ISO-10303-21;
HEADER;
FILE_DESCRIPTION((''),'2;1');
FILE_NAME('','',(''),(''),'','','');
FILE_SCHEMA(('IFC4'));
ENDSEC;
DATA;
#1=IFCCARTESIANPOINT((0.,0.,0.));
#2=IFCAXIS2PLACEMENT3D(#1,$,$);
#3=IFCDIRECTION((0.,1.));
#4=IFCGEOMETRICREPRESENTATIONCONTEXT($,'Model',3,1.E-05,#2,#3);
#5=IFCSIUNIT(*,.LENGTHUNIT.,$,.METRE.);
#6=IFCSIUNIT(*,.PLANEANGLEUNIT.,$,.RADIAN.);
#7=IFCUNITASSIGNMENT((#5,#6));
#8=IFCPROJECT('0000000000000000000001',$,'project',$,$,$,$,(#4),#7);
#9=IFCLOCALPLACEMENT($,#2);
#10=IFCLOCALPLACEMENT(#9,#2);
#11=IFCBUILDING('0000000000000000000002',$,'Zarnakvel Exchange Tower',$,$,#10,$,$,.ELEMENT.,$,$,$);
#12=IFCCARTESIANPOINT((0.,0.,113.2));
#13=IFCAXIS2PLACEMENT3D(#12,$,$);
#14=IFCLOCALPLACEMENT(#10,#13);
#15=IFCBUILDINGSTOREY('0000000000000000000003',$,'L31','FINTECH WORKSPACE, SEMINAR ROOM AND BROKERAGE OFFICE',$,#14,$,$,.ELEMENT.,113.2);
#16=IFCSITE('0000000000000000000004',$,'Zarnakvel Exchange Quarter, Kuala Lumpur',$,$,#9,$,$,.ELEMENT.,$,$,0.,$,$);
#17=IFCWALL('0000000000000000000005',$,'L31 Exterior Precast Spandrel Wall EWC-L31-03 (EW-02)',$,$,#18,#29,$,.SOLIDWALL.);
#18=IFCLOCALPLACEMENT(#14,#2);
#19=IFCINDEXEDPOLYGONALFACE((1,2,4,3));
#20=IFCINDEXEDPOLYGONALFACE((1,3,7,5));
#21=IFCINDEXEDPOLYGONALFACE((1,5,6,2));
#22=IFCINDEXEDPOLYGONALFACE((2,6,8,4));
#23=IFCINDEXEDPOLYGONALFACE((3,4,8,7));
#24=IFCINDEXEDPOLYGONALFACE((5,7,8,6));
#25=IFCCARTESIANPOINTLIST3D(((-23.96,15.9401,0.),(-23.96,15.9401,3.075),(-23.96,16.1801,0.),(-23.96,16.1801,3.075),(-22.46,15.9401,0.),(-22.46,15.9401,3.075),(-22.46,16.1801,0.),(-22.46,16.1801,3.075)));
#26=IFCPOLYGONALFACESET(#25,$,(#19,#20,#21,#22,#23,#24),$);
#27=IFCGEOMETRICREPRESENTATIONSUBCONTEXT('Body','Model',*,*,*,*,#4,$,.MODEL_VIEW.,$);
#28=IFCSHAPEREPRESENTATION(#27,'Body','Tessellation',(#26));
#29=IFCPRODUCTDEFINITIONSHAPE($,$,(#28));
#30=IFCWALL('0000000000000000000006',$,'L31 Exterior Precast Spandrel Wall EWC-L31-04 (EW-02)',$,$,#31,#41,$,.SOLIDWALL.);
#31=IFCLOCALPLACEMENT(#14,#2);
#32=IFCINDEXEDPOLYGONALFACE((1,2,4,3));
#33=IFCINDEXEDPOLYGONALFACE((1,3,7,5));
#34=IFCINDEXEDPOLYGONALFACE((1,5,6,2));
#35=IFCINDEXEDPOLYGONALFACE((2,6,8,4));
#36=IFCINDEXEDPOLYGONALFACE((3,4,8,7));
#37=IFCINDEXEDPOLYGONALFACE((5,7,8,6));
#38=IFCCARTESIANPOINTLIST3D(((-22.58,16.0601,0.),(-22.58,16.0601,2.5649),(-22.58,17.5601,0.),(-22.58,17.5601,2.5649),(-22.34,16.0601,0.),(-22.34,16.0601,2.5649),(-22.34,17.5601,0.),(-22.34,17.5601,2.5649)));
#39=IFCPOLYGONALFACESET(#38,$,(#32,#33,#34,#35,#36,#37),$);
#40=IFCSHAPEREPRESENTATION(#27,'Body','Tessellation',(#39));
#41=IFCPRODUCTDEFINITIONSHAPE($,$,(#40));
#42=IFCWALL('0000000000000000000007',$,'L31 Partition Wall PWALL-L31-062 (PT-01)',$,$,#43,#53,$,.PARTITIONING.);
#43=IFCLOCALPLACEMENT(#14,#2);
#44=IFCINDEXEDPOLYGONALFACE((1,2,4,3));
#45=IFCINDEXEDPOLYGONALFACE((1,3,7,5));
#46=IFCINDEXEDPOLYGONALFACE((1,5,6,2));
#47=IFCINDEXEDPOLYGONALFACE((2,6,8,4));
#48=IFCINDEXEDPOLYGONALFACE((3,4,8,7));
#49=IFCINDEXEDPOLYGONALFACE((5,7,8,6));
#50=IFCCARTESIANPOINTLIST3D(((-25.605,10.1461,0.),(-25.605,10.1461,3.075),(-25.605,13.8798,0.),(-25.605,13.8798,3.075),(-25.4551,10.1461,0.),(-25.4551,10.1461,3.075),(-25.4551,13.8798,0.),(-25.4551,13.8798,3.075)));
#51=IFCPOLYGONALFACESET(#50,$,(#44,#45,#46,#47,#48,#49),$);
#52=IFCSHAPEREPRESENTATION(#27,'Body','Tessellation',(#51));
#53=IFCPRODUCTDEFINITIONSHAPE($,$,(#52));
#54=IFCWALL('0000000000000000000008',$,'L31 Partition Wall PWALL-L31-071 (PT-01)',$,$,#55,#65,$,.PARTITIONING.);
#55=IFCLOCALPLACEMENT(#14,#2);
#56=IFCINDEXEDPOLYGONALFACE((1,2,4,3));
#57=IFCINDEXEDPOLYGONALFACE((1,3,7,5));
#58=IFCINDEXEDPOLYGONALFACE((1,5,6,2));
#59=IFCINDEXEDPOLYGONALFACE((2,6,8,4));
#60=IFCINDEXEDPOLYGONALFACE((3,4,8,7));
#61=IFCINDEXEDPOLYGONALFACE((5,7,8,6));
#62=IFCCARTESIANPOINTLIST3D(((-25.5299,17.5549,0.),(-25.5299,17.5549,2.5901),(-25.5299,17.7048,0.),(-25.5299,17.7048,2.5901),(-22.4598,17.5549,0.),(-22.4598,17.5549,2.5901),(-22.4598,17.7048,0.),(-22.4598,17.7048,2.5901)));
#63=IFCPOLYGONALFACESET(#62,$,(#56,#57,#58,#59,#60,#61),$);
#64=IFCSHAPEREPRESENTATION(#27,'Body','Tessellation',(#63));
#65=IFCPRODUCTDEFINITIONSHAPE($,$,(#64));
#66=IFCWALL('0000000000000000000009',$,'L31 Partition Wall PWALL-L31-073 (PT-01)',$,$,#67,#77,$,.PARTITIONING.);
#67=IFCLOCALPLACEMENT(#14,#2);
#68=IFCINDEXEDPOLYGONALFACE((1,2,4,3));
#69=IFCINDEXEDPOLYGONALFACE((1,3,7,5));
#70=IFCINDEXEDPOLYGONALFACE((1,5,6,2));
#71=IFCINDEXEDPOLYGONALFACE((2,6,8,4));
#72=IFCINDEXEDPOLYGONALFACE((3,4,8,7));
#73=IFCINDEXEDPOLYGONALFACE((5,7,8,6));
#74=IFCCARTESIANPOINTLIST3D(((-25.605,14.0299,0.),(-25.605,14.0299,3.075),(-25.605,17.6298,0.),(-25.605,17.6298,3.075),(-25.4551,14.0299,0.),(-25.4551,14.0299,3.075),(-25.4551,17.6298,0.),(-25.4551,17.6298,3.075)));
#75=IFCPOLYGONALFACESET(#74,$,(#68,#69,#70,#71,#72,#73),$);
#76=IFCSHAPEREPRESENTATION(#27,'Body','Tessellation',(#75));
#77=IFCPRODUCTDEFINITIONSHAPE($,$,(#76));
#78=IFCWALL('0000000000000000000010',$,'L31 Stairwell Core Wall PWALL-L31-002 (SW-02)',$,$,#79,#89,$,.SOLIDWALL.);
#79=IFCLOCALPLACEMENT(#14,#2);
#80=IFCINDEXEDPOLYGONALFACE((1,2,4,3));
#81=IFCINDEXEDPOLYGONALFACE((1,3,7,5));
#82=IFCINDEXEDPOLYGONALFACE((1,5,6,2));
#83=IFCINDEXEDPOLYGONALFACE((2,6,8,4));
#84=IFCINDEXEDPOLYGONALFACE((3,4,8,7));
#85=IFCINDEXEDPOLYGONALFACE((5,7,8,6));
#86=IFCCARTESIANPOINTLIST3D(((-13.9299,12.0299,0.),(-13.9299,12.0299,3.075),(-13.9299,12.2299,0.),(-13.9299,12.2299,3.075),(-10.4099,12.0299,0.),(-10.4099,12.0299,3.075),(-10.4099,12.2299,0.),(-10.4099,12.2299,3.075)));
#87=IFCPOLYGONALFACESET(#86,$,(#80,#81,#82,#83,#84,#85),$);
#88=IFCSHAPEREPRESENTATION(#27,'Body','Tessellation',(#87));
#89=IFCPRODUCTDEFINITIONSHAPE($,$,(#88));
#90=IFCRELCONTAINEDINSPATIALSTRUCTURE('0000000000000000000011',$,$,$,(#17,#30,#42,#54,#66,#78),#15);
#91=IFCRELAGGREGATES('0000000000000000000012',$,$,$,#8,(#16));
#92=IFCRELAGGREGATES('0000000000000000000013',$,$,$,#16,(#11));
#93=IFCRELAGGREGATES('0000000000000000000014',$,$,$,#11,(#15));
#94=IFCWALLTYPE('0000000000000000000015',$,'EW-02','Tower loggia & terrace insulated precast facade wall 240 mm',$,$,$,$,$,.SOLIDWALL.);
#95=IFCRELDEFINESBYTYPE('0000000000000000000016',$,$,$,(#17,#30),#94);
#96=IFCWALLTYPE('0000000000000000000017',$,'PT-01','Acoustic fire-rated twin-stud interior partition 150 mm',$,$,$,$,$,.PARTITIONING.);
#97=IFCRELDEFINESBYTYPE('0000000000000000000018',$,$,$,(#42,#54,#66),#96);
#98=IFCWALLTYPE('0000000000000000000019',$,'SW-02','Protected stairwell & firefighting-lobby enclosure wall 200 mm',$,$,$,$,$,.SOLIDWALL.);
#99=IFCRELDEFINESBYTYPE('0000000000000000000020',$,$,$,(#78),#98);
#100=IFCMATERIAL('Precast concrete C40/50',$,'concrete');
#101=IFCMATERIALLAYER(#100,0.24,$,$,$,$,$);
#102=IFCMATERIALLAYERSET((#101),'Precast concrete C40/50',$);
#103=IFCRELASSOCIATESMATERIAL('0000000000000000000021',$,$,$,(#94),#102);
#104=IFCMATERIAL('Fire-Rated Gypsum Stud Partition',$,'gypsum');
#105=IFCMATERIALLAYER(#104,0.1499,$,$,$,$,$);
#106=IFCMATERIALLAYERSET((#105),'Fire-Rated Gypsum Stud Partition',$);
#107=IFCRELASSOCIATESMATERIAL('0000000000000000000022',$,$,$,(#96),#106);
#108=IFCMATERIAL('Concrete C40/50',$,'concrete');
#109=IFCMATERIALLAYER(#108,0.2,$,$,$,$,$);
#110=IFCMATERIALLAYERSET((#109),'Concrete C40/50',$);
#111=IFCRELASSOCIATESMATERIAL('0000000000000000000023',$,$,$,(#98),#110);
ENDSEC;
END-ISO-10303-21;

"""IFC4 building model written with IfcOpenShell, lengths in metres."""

from ifc_helpers import new_model, si_unit, direction, frame, frame_2d, origin, place, context, subcontext, project, spatial, rectangle, extrude, material, layer, layer_set, type_object, element, save


model = new_model("IFC4")

# Units and contexts
model_context = context("Model", 3, precision=1e-05, world=origin(), true_north=direction((0.0, 1.0)))
body_context = subcontext(model_context, "Body", "Model", "MODEL_VIEW")
ifc_project = project(units=[si_unit("LENGTHUNIT", "METRE"), si_unit("PLANEANGLEUNIT", "RADIAN")], contexts=[model_context])

# Site, building, storey
site_placement = place(None, origin())
site = spatial("IfcSite", under=ifc_project, at=site_placement, Name="Zarnakvel Exchange Quarter, Kuala Lumpur", CompositionType="ELEMENT", RefElevation=0.0)
building_placement = place(site_placement, origin())
building = spatial("IfcBuilding", under=site, at=building_placement, Name="Zarnakvel Exchange Tower", CompositionType="ELEMENT")
storey_placement = place(building_placement, frame((0.0, 0.0, 113.2)))
storey = spatial("IfcBuildingStorey", under=building, at=storey_placement, Name="L31", Description="FINTECH WORKSPACE, SEMINAR ROOM AND BROKERAGE OFFICE", CompositionType="ELEMENT", Elevation=113.2)

# Walls
ifc_material_1 = material(Name="Precast concrete C40/50", Category="concrete")
ifc_layer_1 = layer(ifc_material_1, 0.24)
ifc_layer_set_1 = layer_set([ifc_layer_1], Name="Precast concrete C40/50")
wall_type_1 = type_object("IfcWallType", Name="EW-02", Description="Tower loggia & terrace insulated precast facade wall 240 mm", PredefinedType="SOLIDWALL", material=ifc_layer_set_1)
for number, where, z_axis, x_axis, name in (
    (1, (-22.46, 16.0601, 0.0), (0.0, 0.0, 1.0), (-1.0, 0.0, 0.0), "L31 Exterior Precast Spandrel Wall EWC-L31-03 (EW-02)"),
):
    element("IfcWall", number, at=place(storey_placement, frame(where, z_axis=z_axis, x_axis=x_axis)), inside=storey, type_object=wall_type_1, Name=name, PredefinedType="SOLIDWALL", context=body_context, shape_type="SweptSolid", body=[
        extrude(rectangle(XDim=1.5, YDim=0.24, at=frame_2d((0.75, 0.0))), origin(), (0.0, 0.0, 1.0), 3.075),
    ])
wall_1_placement = place(storey_placement, frame((-22.46, 17.5601, 0.0), z_axis=(0.0, 0.0, 1.0), x_axis=(0.0, -1.0, 0.0)))
element("IfcWall", 2, at=wall_1_placement, inside=storey, type_object=wall_type_1, Name="L31 Exterior Precast Spandrel Wall EWC-L31-04 (EW-02)", PredefinedType="SOLIDWALL", context=body_context, shape_type="SweptSolid", body=[
    extrude(rectangle(XDim=1.5, YDim=0.24, at=frame_2d((0.75, 0.0))), origin(), (0.0, 0.0, 1.0), 2.5649),
])

# Shared definitions
ifc_material_2 = material(Name="Fire-Rated Gypsum Stud Partition", Category="gypsum")
ifc_layer_2 = layer(ifc_material_2, 0.1499)
ifc_layer_set_2 = layer_set([ifc_layer_2], Name="Fire-Rated Gypsum Stud Partition")
wall_type_2 = type_object("IfcWallType", Name="PT-01", Description="Acoustic fire-rated twin-stud interior partition 150 mm", PredefinedType="PARTITIONING", material=ifc_layer_set_2)

# Wall
wall_2_placement = place(storey_placement, frame((-25.53, 10.1462, 0.0), z_axis=(0.0, 0.0, 1.0), x_axis=(0.0, 1.0, 0.0)))
element("IfcWall", 3, at=wall_2_placement, inside=storey, type_object=wall_type_2, Name="L31 Partition Wall PWALL-L31-062 (PT-01)", PredefinedType="PARTITIONING", context=body_context, shape_type="SweptSolid", body=[
    extrude(rectangle(XDim=3.7336, YDim=0.1499, at=frame_2d((1.8667, 0.0))), origin(), (0.0, 0.0, 1.0), 3.075),
])

# Walls
wall_3_placement = place(storey_placement, frame((-25.53, 17.6299, 0.0), z_axis=(0.0, 0.0, 1.0), x_axis=(1.0, 0.0, 0.0)))
element("IfcWall", 4, at=wall_3_placement, inside=storey, type_object=wall_type_2, Name="L31 Partition Wall PWALL-L31-071 (PT-01)", PredefinedType="PARTITIONING", context=body_context, shape_type="SweptSolid", body=[
    extrude(rectangle(XDim=3.0701, YDim=0.1499, at=frame_2d((1.5352, 0.0))), origin(), (0.0, 0.0, 1.0), 2.5901),
])
wall_4_placement = place(storey_placement, frame((-25.53, 14.03, 0.0), z_axis=(0.0, 0.0, 1.0), x_axis=(0.0, 1.0, 0.0)))
element("IfcWall", 5, at=wall_4_placement, inside=storey, type_object=wall_type_2, Name="L31 Partition Wall PWALL-L31-073 (PT-01)", PredefinedType="PARTITIONING", context=body_context, shape_type="SweptSolid", body=[
    extrude(rectangle(XDim=3.5999, YDim=0.1499, at=frame_2d((1.7998, 0.0))), origin(), (0.0, 0.0, 1.0), 3.075),
])
ifc_material_3 = material(Name="Concrete C40/50", Category="concrete")
ifc_layer_3 = layer(ifc_material_3, 0.2)
ifc_layer_set_3 = layer_set([ifc_layer_3], Name="Concrete C40/50")
wall_type_3 = type_object("IfcWallType", Name="SW-02", Description="Protected stairwell & firefighting-lobby enclosure wall 200 mm", PredefinedType="SOLIDWALL", material=ifc_layer_set_3)
wall_5_placement = place(storey_placement, frame((-13.9299, 12.1299, 0.0), z_axis=(0.0, 0.0, 1.0), x_axis=(1.0, 0.0, 0.0)))
element("IfcWall", 6, at=wall_5_placement, inside=storey, type_object=wall_type_3, Name="L31 Stairwell Core Wall PWALL-L31-002 (SW-02)", PredefinedType="SOLIDWALL", context=body_context, shape_type="SweptSolid", body=[
    extrude(rectangle(XDim=3.52, YDim=0.2, at=frame_2d((1.76, 0.0))), origin(), (0.0, 0.0, 1.0), 3.075),
])

save(model, "model.ifc")
